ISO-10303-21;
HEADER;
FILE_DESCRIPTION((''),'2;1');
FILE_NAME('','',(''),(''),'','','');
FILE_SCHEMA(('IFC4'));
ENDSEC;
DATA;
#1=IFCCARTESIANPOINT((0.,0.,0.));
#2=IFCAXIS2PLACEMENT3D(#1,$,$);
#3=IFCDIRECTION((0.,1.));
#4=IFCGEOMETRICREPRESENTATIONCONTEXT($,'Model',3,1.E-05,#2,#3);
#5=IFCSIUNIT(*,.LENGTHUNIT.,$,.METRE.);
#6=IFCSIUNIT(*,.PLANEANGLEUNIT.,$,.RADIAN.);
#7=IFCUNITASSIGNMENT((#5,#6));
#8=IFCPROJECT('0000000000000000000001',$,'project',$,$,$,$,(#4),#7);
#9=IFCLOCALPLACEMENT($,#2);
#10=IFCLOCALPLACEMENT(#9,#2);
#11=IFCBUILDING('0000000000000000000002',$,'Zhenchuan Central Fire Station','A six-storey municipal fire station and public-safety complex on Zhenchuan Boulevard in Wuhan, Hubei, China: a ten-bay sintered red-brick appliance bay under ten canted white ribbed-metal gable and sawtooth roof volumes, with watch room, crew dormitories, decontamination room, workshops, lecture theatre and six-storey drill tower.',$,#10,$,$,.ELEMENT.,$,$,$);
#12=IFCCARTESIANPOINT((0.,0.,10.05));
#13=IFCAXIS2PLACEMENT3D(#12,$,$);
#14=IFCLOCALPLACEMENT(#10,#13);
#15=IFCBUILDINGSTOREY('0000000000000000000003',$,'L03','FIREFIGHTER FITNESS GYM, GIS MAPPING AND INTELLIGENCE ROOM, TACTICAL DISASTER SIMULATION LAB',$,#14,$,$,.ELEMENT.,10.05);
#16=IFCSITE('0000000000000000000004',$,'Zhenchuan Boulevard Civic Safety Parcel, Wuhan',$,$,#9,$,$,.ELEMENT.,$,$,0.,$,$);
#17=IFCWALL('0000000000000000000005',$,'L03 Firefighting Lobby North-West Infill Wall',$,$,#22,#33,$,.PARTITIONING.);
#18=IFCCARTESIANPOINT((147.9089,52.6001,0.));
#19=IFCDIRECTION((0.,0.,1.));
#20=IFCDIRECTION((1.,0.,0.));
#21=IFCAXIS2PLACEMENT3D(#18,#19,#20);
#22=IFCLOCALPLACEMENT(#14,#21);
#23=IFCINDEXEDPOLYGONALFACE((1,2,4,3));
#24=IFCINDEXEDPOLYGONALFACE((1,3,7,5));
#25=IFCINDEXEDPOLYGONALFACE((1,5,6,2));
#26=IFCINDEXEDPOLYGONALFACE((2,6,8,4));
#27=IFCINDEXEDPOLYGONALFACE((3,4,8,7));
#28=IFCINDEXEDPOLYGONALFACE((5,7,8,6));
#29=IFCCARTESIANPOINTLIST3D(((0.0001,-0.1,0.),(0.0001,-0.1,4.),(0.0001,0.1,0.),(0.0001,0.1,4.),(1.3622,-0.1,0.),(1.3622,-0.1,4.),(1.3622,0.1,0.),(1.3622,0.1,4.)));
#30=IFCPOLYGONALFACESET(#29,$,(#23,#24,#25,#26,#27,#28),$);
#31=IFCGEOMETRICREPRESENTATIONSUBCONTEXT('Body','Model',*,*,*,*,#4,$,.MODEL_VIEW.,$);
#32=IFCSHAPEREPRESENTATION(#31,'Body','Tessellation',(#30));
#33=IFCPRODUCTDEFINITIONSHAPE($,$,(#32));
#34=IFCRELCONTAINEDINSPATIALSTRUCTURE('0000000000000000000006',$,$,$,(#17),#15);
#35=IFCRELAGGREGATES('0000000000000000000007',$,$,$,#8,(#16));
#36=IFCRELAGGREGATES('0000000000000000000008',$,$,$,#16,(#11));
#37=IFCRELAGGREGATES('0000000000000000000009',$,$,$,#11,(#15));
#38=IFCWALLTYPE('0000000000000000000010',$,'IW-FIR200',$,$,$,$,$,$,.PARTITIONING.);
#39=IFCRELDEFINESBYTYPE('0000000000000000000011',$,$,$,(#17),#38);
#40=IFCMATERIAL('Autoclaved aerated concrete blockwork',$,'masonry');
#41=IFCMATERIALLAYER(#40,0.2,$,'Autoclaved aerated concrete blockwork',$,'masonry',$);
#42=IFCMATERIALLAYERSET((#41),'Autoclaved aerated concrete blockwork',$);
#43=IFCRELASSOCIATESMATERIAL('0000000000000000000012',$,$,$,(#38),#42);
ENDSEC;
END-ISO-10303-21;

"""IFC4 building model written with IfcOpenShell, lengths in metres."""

from ifc_helpers import new_model, si_unit, direction, frame, frame_2d, origin, place, context, subcontext, project, spatial, rectangle, extrude, material, layer, layer_set, type_object, element, save


model = new_model("IFC4")

# Units and contexts
model_context = context("Model", 3, precision=1e-05, world=origin(), true_north=direction((0.0, 1.0)))
body_context = subcontext(model_context, "Body", "Model", "MODEL_VIEW")
ifc_project = project(units=[si_unit("LENGTHUNIT", "METRE"), si_unit("PLANEANGLEUNIT", "RADIAN")], contexts=[model_context])

# Site, building, storey
site_placement = place(None, origin())
site = spatial("IfcSite", under=ifc_project, at=site_placement, Name="Zhenchuan Boulevard Civic Safety Parcel, Wuhan", CompositionType="ELEMENT", RefElevation=0.0)
building_placement = place(site_placement, origin())
building = spatial("IfcBuilding", under=site, at=building_placement, Name="Zhenchuan Central Fire Station", Description="A six-storey municipal fire station and public-safety complex on Zhenchuan Boulevard in Wuhan, Hubei, China: a ten-bay sintered red-brick appliance bay under ten canted white ribbed-metal gable and sawtooth roof volumes, with watch room, crew dormitories, decontamination room, workshops, lecture theatre and six-storey drill tower.", CompositionType="ELEMENT")
storey_placement = place(building_placement, frame((0.0, 0.0, 10.05)))
storey = spatial("IfcBuildingStorey", under=building, at=storey_placement, Name="L03", Description="FIREFIGHTER FITNESS GYM, GIS MAPPING AND INTELLIGENCE ROOM, TACTICAL DISASTER SIMULATION LAB", CompositionType="ELEMENT", Elevation=10.05)

# Wall
ifc_material_1 = material(Name="Autoclaved aerated concrete blockwork", Category="masonry")
ifc_layer_1 = layer(ifc_material_1, 0.2, Name="Autoclaved aerated concrete blockwork", Category="masonry")
ifc_layer_set_1 = layer_set([ifc_layer_1], Name="Autoclaved aerated concrete blockwork")
wall_type_1 = type_object("IfcWallType", Name="IW-FIR200", PredefinedType="PARTITIONING", material=ifc_layer_set_1)
wall_1_placement = place(storey_placement, frame((147.9089, 52.6001, 0.0), z_axis=(0.0, 0.0, 1.0), x_axis=(1.0, 0.0, 0.0)))
element("IfcWall", 1, at=wall_1_placement, inside=storey, type_object=wall_type_1, Name="L03 Firefighting Lobby North-West Infill Wall", PredefinedType="PARTITIONING", context=body_context, shape_type="SweptSolid", body=[
    extrude(rectangle(XDim=1.3621, YDim=0.2, at=frame_2d((0.6812, 0.0))), origin(), (0.0, 0.0, 1.0), 4.0),
])

save(model, "model.ifc")
